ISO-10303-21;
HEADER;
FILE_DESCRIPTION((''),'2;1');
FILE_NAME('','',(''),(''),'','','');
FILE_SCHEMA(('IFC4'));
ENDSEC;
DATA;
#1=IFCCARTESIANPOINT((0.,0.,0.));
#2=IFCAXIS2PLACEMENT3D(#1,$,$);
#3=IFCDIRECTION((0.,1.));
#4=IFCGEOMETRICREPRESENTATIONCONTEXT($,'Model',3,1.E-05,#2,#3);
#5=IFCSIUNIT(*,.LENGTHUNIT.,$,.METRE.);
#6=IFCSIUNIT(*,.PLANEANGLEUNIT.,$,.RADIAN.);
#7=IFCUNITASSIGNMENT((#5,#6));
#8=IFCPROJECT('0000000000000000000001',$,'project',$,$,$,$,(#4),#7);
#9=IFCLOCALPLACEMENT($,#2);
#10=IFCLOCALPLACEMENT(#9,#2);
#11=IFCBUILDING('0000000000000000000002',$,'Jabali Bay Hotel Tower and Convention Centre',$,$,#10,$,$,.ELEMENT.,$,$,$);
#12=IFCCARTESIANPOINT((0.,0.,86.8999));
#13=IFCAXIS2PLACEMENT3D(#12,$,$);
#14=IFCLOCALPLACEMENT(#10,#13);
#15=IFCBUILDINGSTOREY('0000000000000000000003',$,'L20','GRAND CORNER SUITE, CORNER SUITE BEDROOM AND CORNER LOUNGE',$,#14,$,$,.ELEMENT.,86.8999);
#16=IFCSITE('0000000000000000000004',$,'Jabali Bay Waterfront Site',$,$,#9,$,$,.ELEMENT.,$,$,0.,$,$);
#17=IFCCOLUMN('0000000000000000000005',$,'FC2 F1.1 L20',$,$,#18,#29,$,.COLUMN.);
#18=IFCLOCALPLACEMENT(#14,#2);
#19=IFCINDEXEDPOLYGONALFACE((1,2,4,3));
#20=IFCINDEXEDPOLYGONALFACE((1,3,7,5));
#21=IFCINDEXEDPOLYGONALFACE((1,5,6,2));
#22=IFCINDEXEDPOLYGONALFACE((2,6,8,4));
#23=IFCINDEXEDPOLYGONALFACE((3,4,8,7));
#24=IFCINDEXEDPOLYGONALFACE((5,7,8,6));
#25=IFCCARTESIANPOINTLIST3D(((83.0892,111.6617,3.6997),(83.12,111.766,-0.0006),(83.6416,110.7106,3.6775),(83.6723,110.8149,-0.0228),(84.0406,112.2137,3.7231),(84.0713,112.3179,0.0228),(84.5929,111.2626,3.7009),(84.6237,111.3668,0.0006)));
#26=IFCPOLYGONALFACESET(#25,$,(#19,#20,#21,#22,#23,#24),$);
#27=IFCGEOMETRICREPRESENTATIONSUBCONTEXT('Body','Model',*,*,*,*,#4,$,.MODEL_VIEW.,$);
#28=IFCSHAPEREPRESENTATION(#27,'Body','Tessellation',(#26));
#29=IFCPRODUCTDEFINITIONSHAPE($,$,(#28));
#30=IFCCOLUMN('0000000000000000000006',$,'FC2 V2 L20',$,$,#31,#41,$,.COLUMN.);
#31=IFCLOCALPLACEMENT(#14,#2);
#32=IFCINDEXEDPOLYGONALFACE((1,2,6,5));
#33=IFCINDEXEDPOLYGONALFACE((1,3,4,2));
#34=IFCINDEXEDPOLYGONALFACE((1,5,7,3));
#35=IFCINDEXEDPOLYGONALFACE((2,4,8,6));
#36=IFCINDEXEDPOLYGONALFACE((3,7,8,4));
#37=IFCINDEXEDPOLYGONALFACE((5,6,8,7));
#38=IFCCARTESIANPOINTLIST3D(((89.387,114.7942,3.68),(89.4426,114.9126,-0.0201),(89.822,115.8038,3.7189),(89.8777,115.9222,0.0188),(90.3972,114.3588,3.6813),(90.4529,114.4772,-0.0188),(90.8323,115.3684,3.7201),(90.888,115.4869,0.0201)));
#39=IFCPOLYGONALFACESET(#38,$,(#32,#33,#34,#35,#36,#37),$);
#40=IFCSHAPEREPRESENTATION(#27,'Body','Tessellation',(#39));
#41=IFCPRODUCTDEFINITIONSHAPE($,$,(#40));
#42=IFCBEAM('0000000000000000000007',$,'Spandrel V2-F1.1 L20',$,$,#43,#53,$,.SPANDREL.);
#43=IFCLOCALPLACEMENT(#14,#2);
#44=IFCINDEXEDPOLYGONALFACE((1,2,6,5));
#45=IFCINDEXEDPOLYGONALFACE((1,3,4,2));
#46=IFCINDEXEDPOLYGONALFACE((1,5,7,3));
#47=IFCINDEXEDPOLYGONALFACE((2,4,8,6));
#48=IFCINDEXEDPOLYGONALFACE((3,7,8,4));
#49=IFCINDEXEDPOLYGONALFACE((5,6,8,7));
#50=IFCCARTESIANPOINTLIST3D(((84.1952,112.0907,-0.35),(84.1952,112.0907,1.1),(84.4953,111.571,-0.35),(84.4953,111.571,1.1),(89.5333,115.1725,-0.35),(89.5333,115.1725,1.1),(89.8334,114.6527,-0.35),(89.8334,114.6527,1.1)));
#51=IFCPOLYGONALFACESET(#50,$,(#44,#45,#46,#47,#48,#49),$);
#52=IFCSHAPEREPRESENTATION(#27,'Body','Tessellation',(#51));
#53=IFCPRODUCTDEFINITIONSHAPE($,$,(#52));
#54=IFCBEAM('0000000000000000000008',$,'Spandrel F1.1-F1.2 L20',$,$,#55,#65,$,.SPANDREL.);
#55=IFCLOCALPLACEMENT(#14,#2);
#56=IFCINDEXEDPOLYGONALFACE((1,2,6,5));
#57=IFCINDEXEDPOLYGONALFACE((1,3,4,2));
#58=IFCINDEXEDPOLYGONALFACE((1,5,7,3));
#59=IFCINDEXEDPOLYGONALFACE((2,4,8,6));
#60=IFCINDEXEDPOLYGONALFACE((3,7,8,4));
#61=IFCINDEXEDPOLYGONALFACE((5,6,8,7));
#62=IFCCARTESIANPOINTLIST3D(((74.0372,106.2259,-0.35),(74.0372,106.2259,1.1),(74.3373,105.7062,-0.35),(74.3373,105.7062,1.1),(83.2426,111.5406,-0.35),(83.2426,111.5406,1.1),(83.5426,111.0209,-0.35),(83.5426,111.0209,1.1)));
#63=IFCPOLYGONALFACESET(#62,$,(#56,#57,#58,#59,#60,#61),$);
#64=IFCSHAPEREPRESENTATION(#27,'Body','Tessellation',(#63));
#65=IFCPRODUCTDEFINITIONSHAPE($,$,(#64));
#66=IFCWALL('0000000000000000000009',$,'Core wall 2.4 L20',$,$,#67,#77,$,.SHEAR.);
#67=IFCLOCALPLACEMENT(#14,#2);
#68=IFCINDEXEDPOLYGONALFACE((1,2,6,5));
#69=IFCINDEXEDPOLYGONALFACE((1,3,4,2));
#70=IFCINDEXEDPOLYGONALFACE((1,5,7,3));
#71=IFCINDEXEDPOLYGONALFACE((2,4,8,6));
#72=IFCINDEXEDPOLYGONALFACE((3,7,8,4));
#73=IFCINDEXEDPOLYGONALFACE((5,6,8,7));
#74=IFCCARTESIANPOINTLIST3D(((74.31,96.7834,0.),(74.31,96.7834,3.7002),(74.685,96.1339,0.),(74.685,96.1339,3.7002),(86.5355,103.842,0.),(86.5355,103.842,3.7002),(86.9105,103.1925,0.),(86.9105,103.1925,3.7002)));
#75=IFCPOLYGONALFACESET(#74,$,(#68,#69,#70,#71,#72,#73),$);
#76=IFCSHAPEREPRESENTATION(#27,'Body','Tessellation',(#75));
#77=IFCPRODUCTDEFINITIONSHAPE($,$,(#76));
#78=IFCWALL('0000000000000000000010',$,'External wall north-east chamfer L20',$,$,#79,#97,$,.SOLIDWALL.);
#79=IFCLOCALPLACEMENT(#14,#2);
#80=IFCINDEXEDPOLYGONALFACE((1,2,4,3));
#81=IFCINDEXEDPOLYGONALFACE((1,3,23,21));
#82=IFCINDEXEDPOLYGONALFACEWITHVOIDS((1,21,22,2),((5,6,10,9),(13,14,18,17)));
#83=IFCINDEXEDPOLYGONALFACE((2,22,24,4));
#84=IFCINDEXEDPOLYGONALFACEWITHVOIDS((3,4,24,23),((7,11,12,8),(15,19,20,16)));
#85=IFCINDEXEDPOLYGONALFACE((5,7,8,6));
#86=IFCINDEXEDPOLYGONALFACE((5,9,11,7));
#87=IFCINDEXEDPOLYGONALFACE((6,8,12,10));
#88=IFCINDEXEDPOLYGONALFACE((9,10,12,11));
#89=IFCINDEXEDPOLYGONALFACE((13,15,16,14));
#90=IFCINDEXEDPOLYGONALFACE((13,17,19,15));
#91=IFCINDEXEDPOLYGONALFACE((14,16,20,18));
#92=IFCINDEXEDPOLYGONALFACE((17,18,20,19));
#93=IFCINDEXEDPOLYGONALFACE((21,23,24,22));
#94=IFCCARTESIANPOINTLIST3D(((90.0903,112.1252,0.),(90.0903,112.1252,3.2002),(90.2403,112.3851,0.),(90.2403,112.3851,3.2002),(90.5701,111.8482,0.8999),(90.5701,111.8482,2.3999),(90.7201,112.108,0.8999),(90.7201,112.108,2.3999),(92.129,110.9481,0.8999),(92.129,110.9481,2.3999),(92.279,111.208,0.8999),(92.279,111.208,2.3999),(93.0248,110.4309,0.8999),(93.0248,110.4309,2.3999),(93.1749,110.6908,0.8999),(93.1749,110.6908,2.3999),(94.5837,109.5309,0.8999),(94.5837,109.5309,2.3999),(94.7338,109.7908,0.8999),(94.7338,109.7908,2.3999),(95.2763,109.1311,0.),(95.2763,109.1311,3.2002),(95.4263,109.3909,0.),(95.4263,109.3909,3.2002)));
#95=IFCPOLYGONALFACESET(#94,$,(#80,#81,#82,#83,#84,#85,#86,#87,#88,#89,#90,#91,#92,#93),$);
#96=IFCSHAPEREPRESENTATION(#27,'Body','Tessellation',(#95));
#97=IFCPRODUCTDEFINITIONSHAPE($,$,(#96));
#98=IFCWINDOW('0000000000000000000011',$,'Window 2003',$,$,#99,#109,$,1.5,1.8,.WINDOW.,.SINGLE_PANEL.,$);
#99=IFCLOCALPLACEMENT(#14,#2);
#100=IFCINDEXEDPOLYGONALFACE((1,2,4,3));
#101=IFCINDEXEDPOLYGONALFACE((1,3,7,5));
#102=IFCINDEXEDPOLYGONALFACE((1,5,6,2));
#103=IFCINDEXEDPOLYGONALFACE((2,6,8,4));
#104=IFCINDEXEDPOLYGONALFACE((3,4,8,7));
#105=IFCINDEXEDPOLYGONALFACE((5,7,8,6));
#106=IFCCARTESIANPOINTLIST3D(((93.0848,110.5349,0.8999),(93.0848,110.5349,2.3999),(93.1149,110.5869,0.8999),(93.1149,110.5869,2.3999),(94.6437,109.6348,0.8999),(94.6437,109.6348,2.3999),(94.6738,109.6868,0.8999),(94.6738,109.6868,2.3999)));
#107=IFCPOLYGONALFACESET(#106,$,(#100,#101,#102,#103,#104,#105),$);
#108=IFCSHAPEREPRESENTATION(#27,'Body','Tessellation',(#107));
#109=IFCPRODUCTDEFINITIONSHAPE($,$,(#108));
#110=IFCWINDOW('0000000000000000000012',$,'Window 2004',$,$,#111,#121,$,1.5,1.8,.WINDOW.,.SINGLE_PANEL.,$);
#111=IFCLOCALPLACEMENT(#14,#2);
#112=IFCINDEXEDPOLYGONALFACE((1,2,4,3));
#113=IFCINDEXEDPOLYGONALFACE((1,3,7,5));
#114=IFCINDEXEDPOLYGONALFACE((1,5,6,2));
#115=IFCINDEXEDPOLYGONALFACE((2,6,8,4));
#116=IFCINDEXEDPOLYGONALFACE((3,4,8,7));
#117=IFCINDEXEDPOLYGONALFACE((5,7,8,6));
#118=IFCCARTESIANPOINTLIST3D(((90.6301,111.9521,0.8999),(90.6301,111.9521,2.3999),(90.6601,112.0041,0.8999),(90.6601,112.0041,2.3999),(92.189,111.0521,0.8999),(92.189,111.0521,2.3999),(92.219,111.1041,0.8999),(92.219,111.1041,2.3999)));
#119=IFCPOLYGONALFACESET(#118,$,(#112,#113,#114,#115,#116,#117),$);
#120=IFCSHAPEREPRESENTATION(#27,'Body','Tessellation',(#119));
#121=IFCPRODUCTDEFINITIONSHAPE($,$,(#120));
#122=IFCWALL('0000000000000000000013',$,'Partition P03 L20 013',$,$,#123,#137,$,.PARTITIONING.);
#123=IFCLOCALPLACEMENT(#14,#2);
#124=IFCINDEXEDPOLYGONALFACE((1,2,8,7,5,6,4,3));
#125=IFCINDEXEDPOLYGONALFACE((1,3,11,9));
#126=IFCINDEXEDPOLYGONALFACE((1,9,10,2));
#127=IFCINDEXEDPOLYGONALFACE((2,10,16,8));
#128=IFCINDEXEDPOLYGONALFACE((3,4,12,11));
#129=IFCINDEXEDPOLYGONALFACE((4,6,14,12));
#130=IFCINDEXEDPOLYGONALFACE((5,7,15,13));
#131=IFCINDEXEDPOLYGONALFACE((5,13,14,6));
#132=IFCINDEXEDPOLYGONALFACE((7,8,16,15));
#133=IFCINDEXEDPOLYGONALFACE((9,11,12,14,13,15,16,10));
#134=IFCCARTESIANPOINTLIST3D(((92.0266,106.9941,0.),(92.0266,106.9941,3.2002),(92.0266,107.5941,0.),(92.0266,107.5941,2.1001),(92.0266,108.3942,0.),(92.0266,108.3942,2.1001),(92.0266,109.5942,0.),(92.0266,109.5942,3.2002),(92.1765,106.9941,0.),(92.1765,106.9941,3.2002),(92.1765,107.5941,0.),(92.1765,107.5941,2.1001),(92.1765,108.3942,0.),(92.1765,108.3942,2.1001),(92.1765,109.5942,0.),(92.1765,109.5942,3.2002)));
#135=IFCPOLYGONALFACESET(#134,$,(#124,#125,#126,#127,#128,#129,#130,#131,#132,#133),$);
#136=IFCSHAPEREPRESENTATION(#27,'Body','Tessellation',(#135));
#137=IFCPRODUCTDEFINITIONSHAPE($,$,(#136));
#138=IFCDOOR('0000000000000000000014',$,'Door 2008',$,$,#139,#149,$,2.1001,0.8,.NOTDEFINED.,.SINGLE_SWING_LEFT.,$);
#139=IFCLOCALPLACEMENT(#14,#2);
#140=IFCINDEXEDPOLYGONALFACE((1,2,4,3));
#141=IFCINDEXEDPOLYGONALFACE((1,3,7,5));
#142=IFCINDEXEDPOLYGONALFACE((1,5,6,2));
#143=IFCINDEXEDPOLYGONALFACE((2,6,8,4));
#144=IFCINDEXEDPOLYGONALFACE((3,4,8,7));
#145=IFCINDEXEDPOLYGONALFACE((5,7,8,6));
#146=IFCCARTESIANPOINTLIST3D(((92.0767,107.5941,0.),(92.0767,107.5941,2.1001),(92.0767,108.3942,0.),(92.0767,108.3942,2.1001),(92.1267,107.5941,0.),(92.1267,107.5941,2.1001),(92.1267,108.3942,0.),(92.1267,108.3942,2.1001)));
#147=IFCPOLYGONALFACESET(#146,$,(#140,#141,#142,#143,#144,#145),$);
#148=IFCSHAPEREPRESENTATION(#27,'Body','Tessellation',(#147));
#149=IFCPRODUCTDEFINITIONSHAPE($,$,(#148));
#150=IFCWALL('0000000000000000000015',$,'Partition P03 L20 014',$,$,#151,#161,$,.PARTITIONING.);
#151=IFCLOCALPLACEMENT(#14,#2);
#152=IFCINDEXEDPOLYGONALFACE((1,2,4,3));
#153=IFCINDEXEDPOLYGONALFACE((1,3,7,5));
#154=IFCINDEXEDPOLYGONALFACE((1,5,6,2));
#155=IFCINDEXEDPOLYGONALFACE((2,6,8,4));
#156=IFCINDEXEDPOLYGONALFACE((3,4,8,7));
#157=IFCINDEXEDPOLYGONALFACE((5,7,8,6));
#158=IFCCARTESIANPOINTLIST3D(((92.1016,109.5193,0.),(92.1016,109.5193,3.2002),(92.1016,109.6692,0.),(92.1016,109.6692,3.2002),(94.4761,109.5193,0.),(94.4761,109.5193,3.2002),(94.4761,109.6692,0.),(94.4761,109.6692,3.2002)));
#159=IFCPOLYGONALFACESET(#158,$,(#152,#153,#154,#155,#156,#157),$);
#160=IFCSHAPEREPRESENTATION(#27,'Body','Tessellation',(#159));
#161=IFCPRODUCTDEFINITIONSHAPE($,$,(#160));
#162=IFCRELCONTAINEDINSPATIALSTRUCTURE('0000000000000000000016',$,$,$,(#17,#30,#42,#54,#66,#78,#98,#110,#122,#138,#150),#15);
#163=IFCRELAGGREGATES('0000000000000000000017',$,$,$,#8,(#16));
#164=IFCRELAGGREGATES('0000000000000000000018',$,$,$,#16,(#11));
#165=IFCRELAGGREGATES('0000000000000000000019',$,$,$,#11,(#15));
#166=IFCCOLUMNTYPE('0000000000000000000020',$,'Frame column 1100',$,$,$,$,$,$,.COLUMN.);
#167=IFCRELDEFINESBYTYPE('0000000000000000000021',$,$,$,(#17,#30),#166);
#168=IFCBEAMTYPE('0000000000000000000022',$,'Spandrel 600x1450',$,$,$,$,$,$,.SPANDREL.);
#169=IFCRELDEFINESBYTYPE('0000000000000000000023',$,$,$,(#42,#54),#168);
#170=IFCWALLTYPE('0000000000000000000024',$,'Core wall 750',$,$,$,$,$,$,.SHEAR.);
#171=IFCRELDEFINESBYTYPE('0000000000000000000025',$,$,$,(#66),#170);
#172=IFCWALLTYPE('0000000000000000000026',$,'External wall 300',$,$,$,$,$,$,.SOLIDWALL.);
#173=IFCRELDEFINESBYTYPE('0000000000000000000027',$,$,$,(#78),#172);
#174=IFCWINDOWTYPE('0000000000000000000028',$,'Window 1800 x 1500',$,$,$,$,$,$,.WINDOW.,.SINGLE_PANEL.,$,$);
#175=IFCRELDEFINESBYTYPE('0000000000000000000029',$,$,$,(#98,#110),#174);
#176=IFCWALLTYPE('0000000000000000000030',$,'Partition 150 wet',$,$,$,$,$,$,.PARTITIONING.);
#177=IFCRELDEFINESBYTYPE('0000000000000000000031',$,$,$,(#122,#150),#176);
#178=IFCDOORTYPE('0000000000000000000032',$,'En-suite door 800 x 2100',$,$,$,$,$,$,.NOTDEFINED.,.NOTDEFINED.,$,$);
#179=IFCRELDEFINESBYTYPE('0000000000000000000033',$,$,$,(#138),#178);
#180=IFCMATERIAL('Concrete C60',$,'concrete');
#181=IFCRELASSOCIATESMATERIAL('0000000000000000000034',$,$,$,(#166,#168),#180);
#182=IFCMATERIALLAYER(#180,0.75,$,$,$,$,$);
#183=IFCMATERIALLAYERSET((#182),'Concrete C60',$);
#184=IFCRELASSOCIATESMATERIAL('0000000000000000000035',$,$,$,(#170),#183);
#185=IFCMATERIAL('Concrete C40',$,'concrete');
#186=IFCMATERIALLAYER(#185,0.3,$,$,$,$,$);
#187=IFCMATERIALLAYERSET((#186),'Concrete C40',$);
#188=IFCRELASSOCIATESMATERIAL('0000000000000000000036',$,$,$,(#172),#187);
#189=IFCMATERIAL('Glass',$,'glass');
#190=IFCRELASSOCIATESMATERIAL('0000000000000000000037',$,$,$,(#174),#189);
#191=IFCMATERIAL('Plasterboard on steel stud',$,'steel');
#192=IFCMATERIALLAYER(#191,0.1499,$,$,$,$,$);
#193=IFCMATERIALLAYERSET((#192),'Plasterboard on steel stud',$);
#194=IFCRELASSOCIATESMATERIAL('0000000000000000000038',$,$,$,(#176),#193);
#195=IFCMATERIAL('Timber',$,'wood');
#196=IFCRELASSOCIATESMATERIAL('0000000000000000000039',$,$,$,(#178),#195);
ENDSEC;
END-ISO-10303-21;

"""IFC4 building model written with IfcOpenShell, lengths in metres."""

from ifc_helpers import new_model, si_unit, direction, frame, frame_2d, origin, origin_2d, place, context, subcontext, project, spatial, rectangle, extrude, material, layer, layer_set, material_profile, profile_set, type_object, element, fill, save


model = new_model("IFC4")

# Units and contexts
model_context = context("Model", 3, precision=1e-05, world=origin(), true_north=direction((0.0, 1.0)))
body_context = subcontext(model_context, "Body", "Model", "MODEL_VIEW")
ifc_project = project(units=[si_unit("LENGTHUNIT", "METRE"), si_unit("PLANEANGLEUNIT", "RADIAN")], contexts=[model_context])

# Site, building, storey
site_placement = place(None, origin())
site = spatial("IfcSite", under=ifc_project, at=site_placement, Name="Jabali Bay Waterfront Site", CompositionType="ELEMENT", RefElevation=0.0)
building_placement = place(site_placement, origin())
building = spatial("IfcBuilding", under=site, at=building_placement, Name="Jabali Bay Hotel Tower and Convention Centre", CompositionType="ELEMENT")
storey_placement = place(building_placement, frame((0.0, 0.0, 86.8999)))
storey = spatial("IfcBuildingStorey", under=building, at=storey_placement, Name="L20", Description="GRAND CORNER SUITE, CORNER SUITE BEDROOM AND CORNER LOUNGE", CompositionType="ELEMENT", Elevation=86.8999)

# Columns
ifc_material_1 = material(Name="Concrete C60", Category="concrete")
ifc_material_profile_1 = material_profile(ifc_material_1, rectangle(XDim=1.1001, YDim=1.1001, at=origin_2d()), Name="Frame column 1100")
ifc_profile_set_1 = profile_set([ifc_material_profile_1], Name="Concrete C60")
column_type = type_object("IfcColumnType", Name="Frame column 1100", PredefinedType="COLUMN", material=ifc_profile_set_1)
column_1_placement = place(storey_placement, frame((83.8718, 111.5664, 0.0), z_axis=(-0.00831, -0.028162, 0.999569), x_axis=(0.864773, 0.50171, 0.021324)))
element("IfcColumn", 1, at=column_1_placement, inside=storey, type_object=column_type, Name="FC2 F1.1 L20", PredefinedType="COLUMN", context=body_context, shape_type="SweptSolid", body=[
    extrude(rectangle(XDim=1.1001, YDim=1.1001, at=origin_2d()), origin(), (0.0, 0.0, 1.0), 3.7019),
])
column_2_placement = place(storey_placement, frame((90.1653, 115.1997, 0.0), z_axis=(-0.015034, -0.031981, 0.999375), x_axis=(0.918353, -0.395761, 0.001151)))
element("IfcColumn", 2, at=column_2_placement, inside=storey, type_object=column_type, Name="FC2 V2 L20", PredefinedType="COLUMN", context=body_context, shape_type="SweptSolid", body=[
    extrude(rectangle(XDim=1.1001, YDim=1.1001, at=origin_2d()), origin(), (0.0, 0.0, 1.0), 3.7024),
])

# Beams
ifc_material_profile_2 = material_profile(ifc_material_1, rectangle(XDim=0.6001, YDim=1.45, at=origin_2d()), Name="Spandrel 600x1450")
ifc_profile_set_2 = profile_set([ifc_material_profile_2], Name="Concrete C60")
beam_type = type_object("IfcBeamType", Name="Spandrel 600x1450", PredefinedType="SPANDREL", material=ifc_profile_set_2)
beam_1_placement = place(storey_placement, frame((89.6833, 114.9126, 0.375), z_axis=(-0.866039, -0.499977, 0.0), x_axis=(0.499977, -0.866039, 0.0)))
element("IfcBeam", 3, at=beam_1_placement, inside=storey, type_object=beam_type, Name="Spandrel V2-F1.1 L20", PredefinedType="SPANDREL", context=body_context, shape_type="SweptSolid", body=[
    extrude(rectangle(XDim=0.6001, YDim=1.45, at=origin_2d()), origin(), (0.0, 0.0, 1.0), 6.1638),
])
beam_2_placement = place(storey_placement, frame((83.3926, 111.2808, 0.375), z_axis=(-0.866025, -0.5, 0.0), x_axis=(0.5, -0.866025, 0.0)))
element("IfcBeam", 4, at=beam_2_placement, inside=storey, type_object=beam_type, Name="Spandrel F1.1-F1.2 L20", PredefinedType="SPANDREL", context=body_context, shape_type="SweptSolid", body=[
    extrude(rectangle(XDim=0.6001, YDim=1.45, at=origin_2d()), origin(), (0.0, 0.0, 1.0), 10.6294),
])

# Wall
ifc_layer_1 = layer(ifc_material_1, 0.75)
ifc_layer_set_1 = layer_set([ifc_layer_1], Name="Concrete C60")
wall_type_1 = type_object("IfcWallType", Name="Core wall 750", PredefinedType="SHEAR", material=ifc_layer_set_1)
wall_1_placement = place(storey_placement, frame((86.7231, 103.5173, 0.0), z_axis=(0.0, 0.0, 1.0), x_axis=(-0.866021, -0.500008, 0.0)))
element("IfcWall", 5, at=wall_1_placement, inside=storey, type_object=wall_type_1, Name="Core wall 2.4 L20", PredefinedType="SHEAR", context=body_context, shape_type="SweptSolid", body=[
    extrude(rectangle(XDim=14.1169, YDim=0.75, at=frame_2d((7.0586, 0.0))), origin(), (0.0, 0.0, 1.0), 3.7002),
])

# Wall, openings, windows
ifc_material_2 = material(Name="Concrete C40", Category="concrete")
ifc_layer_2 = layer(ifc_material_2, 0.3)
ifc_layer_set_2 = layer_set([ifc_layer_2], Name="Concrete C40")
wall_type_2 = type_object("IfcWallType", Name="External wall 300", PredefinedType="SOLIDWALL", material=ifc_layer_set_2)
wall_2_placement = place(storey_placement, frame((90.1653, 112.2551, 0.0), z_axis=(0.0, 0.0, 1.0), x_axis=(0.866027, -0.499998, 0.0)))
wall_2 = element("IfcWall", 6, at=wall_2_placement, inside=storey, type_object=wall_type_2, Name="External wall north-east chamfer L20", PredefinedType="SOLIDWALL", context=body_context, shape_type="SweptSolid", body=[
    extrude(rectangle(XDim=5.9883, YDim=0.3, at=frame_2d((2.9941, 0.0))), origin(), (0.0, 0.0, 1.0), 3.2002),
])
opening_1_placement = place(wall_2_placement, frame((3.3887, 0.0, 0.8999)))
opening_1 = element("IfcOpeningElement", 7, at=opening_1_placement, cuts=wall_2, PredefinedType="OPENING", context=body_context, shape_type="SweptSolid", body=[
    extrude(rectangle(XDim=1.8, YDim=1.5, at=frame_2d((0.8999, 0.75))), frame((0.0, 0.1606, 0.0), z_axis=(0.0, -1.0, 0.0), x_axis=(1.0, 0.0, 0.0)), (0.0, 0.0, 1.0), 0.321),
])
opening_2_placement = place(wall_2_placement, frame((0.5542, 0.0, 0.8999)))
opening_2 = element("IfcOpeningElement", 8, at=opening_2_placement, cuts=wall_2, PredefinedType="OPENING", context=body_context, shape_type="SweptSolid", body=[
    extrude(rectangle(XDim=1.8, YDim=1.5, at=frame_2d((0.8999, 0.75))), frame((0.0, 0.1606, 0.0), z_axis=(0.0, -1.0, 0.0), x_axis=(1.0, 0.0, 0.0)), (0.0, 0.0, 1.0), 0.321),
])
ifc_material_3 = material(Name="Glass", Category="glass")
window_type = type_object("IfcWindowType", Name="Window 1800 x 1500", PartitioningType="SINGLE_PANEL", PredefinedType="WINDOW", material=ifc_material_3)
window_1_placement = place(opening_1_placement, origin())
window_1 = element("IfcWindow", 9, at=window_1_placement, inside=storey, type_object=window_type, Name="Window 2003", OverallHeight=1.5, OverallWidth=1.8, PartitioningType="SINGLE_PANEL", PredefinedType="WINDOW", context=body_context, shape_type="SweptSolid", body=[
    extrude(rectangle(XDim=1.8, YDim=1.5, at=frame_2d((0.8999, 0.75))), frame((0.0, 0.03, 0.0), z_axis=(0.0, -1.0, 0.0), x_axis=(1.0, 0.0, 0.0)), (0.0, 0.0, 1.0), 0.0601),
])
fill(opening_1, window_1)
window_2_placement = place(opening_2_placement, origin())
window_2 = element("IfcWindow", 10, at=window_2_placement, inside=storey, type_object=window_type, Name="Window 2004", OverallHeight=1.5, OverallWidth=1.8, PartitioningType="SINGLE_PANEL", PredefinedType="WINDOW", context=body_context, shape_type="SweptSolid", body=[
    extrude(rectangle(XDim=1.8, YDim=1.5, at=frame_2d((0.8999, 0.75))), frame((0.0, 0.03, 0.0), z_axis=(0.0, -1.0, 0.0), x_axis=(1.0, 0.0, 0.0)), (0.0, 0.0, 1.0), 0.0601),
])
fill(opening_2, window_2)

# Wall, opening, door
ifc_material_4 = material(Name="Plasterboard on steel stud", Category="steel")
ifc_layer_3 = layer(ifc_material_4, 0.1499)
ifc_layer_set_3 = layer_set([ifc_layer_3], Name="Plasterboard on steel stud")
wall_type_3 = type_object("IfcWallType", Name="Partition 150 wet", PredefinedType="PARTITIONING", material=ifc_layer_set_3)
wall_3_placement = place(storey_placement, frame((92.1016, 106.9941, 0.0), z_axis=(0.0, 0.0, 1.0), x_axis=(0.0, 1.0, 0.0)))
wall_3 = element("IfcWall", 11, at=wall_3_placement, inside=storey, type_object=wall_type_3, Name="Partition P03 L20 013", PredefinedType="PARTITIONING", context=body_context, shape_type="SweptSolid", body=[
    extrude(rectangle(XDim=2.6001, YDim=0.1499, at=frame_2d((1.3, 0.0))), origin(), (0.0, 0.0, 1.0), 3.2002),
])
opening_3_placement = place(wall_3_placement, frame((0.6001, 0.0, 0.0)))
opening_3 = element("IfcOpeningElement", 12, at=opening_3_placement, cuts=wall_3, PredefinedType="OPENING", context=body_context, shape_type="SweptSolid", body=[
    extrude(rectangle(XDim=0.8, YDim=2.1001, at=frame_2d((0.3999, 1.05))), frame((0.0, 0.0854, 0.0), z_axis=(0.0, -1.0, 0.0), x_axis=(1.0, 0.0, 0.0)), (0.0, 0.0, 1.0), 0.1709),
])
ifc_material_5 = material(Name="Timber", Category="wood")
door_type = type_object("IfcDoorType", Name="En-suite door 800 x 2100", OperationType="NOTDEFINED", PredefinedType="NOTDEFINED", material=ifc_material_5)
door_placement = place(opening_3_placement, origin())
door = element("IfcDoor", 13, at=door_placement, inside=storey, type_object=door_type, Name="Door 2008", OperationType="SINGLE_SWING_LEFT", OverallHeight=2.1001, OverallWidth=0.8, PredefinedType="NOTDEFINED", context=body_context, shape_type="SweptSolid", body=[
    extrude(rectangle(XDim=0.8, YDim=2.1001, at=frame_2d((0.3999, 1.05))), frame((0.0, 0.0249, 0.0), z_axis=(0.0, -1.0, 0.0), x_axis=(1.0, 0.0, 0.0)), (0.0, 0.0, 1.0), 0.05),
])
fill(opening_3, door)

# Wall
wall_4_placement = place(storey_placement, frame((92.1016, 109.5942, 0.0), z_axis=(0.0, 0.0, 1.0), x_axis=(1.0, 0.0, 0.0)))
element("IfcWall", 14, at=wall_4_placement, inside=storey, type_object=wall_type_3, Name="Partition P03 L20 014", PredefinedType="PARTITIONING", context=body_context, shape_type="SweptSolid", body=[
    extrude(rectangle(XDim=2.3745, YDim=0.1499, at=frame_2d((1.1873, 0.0))), origin(), (0.0, 0.0, 1.0), 3.2002),
])

save(model, "model.ifc")
